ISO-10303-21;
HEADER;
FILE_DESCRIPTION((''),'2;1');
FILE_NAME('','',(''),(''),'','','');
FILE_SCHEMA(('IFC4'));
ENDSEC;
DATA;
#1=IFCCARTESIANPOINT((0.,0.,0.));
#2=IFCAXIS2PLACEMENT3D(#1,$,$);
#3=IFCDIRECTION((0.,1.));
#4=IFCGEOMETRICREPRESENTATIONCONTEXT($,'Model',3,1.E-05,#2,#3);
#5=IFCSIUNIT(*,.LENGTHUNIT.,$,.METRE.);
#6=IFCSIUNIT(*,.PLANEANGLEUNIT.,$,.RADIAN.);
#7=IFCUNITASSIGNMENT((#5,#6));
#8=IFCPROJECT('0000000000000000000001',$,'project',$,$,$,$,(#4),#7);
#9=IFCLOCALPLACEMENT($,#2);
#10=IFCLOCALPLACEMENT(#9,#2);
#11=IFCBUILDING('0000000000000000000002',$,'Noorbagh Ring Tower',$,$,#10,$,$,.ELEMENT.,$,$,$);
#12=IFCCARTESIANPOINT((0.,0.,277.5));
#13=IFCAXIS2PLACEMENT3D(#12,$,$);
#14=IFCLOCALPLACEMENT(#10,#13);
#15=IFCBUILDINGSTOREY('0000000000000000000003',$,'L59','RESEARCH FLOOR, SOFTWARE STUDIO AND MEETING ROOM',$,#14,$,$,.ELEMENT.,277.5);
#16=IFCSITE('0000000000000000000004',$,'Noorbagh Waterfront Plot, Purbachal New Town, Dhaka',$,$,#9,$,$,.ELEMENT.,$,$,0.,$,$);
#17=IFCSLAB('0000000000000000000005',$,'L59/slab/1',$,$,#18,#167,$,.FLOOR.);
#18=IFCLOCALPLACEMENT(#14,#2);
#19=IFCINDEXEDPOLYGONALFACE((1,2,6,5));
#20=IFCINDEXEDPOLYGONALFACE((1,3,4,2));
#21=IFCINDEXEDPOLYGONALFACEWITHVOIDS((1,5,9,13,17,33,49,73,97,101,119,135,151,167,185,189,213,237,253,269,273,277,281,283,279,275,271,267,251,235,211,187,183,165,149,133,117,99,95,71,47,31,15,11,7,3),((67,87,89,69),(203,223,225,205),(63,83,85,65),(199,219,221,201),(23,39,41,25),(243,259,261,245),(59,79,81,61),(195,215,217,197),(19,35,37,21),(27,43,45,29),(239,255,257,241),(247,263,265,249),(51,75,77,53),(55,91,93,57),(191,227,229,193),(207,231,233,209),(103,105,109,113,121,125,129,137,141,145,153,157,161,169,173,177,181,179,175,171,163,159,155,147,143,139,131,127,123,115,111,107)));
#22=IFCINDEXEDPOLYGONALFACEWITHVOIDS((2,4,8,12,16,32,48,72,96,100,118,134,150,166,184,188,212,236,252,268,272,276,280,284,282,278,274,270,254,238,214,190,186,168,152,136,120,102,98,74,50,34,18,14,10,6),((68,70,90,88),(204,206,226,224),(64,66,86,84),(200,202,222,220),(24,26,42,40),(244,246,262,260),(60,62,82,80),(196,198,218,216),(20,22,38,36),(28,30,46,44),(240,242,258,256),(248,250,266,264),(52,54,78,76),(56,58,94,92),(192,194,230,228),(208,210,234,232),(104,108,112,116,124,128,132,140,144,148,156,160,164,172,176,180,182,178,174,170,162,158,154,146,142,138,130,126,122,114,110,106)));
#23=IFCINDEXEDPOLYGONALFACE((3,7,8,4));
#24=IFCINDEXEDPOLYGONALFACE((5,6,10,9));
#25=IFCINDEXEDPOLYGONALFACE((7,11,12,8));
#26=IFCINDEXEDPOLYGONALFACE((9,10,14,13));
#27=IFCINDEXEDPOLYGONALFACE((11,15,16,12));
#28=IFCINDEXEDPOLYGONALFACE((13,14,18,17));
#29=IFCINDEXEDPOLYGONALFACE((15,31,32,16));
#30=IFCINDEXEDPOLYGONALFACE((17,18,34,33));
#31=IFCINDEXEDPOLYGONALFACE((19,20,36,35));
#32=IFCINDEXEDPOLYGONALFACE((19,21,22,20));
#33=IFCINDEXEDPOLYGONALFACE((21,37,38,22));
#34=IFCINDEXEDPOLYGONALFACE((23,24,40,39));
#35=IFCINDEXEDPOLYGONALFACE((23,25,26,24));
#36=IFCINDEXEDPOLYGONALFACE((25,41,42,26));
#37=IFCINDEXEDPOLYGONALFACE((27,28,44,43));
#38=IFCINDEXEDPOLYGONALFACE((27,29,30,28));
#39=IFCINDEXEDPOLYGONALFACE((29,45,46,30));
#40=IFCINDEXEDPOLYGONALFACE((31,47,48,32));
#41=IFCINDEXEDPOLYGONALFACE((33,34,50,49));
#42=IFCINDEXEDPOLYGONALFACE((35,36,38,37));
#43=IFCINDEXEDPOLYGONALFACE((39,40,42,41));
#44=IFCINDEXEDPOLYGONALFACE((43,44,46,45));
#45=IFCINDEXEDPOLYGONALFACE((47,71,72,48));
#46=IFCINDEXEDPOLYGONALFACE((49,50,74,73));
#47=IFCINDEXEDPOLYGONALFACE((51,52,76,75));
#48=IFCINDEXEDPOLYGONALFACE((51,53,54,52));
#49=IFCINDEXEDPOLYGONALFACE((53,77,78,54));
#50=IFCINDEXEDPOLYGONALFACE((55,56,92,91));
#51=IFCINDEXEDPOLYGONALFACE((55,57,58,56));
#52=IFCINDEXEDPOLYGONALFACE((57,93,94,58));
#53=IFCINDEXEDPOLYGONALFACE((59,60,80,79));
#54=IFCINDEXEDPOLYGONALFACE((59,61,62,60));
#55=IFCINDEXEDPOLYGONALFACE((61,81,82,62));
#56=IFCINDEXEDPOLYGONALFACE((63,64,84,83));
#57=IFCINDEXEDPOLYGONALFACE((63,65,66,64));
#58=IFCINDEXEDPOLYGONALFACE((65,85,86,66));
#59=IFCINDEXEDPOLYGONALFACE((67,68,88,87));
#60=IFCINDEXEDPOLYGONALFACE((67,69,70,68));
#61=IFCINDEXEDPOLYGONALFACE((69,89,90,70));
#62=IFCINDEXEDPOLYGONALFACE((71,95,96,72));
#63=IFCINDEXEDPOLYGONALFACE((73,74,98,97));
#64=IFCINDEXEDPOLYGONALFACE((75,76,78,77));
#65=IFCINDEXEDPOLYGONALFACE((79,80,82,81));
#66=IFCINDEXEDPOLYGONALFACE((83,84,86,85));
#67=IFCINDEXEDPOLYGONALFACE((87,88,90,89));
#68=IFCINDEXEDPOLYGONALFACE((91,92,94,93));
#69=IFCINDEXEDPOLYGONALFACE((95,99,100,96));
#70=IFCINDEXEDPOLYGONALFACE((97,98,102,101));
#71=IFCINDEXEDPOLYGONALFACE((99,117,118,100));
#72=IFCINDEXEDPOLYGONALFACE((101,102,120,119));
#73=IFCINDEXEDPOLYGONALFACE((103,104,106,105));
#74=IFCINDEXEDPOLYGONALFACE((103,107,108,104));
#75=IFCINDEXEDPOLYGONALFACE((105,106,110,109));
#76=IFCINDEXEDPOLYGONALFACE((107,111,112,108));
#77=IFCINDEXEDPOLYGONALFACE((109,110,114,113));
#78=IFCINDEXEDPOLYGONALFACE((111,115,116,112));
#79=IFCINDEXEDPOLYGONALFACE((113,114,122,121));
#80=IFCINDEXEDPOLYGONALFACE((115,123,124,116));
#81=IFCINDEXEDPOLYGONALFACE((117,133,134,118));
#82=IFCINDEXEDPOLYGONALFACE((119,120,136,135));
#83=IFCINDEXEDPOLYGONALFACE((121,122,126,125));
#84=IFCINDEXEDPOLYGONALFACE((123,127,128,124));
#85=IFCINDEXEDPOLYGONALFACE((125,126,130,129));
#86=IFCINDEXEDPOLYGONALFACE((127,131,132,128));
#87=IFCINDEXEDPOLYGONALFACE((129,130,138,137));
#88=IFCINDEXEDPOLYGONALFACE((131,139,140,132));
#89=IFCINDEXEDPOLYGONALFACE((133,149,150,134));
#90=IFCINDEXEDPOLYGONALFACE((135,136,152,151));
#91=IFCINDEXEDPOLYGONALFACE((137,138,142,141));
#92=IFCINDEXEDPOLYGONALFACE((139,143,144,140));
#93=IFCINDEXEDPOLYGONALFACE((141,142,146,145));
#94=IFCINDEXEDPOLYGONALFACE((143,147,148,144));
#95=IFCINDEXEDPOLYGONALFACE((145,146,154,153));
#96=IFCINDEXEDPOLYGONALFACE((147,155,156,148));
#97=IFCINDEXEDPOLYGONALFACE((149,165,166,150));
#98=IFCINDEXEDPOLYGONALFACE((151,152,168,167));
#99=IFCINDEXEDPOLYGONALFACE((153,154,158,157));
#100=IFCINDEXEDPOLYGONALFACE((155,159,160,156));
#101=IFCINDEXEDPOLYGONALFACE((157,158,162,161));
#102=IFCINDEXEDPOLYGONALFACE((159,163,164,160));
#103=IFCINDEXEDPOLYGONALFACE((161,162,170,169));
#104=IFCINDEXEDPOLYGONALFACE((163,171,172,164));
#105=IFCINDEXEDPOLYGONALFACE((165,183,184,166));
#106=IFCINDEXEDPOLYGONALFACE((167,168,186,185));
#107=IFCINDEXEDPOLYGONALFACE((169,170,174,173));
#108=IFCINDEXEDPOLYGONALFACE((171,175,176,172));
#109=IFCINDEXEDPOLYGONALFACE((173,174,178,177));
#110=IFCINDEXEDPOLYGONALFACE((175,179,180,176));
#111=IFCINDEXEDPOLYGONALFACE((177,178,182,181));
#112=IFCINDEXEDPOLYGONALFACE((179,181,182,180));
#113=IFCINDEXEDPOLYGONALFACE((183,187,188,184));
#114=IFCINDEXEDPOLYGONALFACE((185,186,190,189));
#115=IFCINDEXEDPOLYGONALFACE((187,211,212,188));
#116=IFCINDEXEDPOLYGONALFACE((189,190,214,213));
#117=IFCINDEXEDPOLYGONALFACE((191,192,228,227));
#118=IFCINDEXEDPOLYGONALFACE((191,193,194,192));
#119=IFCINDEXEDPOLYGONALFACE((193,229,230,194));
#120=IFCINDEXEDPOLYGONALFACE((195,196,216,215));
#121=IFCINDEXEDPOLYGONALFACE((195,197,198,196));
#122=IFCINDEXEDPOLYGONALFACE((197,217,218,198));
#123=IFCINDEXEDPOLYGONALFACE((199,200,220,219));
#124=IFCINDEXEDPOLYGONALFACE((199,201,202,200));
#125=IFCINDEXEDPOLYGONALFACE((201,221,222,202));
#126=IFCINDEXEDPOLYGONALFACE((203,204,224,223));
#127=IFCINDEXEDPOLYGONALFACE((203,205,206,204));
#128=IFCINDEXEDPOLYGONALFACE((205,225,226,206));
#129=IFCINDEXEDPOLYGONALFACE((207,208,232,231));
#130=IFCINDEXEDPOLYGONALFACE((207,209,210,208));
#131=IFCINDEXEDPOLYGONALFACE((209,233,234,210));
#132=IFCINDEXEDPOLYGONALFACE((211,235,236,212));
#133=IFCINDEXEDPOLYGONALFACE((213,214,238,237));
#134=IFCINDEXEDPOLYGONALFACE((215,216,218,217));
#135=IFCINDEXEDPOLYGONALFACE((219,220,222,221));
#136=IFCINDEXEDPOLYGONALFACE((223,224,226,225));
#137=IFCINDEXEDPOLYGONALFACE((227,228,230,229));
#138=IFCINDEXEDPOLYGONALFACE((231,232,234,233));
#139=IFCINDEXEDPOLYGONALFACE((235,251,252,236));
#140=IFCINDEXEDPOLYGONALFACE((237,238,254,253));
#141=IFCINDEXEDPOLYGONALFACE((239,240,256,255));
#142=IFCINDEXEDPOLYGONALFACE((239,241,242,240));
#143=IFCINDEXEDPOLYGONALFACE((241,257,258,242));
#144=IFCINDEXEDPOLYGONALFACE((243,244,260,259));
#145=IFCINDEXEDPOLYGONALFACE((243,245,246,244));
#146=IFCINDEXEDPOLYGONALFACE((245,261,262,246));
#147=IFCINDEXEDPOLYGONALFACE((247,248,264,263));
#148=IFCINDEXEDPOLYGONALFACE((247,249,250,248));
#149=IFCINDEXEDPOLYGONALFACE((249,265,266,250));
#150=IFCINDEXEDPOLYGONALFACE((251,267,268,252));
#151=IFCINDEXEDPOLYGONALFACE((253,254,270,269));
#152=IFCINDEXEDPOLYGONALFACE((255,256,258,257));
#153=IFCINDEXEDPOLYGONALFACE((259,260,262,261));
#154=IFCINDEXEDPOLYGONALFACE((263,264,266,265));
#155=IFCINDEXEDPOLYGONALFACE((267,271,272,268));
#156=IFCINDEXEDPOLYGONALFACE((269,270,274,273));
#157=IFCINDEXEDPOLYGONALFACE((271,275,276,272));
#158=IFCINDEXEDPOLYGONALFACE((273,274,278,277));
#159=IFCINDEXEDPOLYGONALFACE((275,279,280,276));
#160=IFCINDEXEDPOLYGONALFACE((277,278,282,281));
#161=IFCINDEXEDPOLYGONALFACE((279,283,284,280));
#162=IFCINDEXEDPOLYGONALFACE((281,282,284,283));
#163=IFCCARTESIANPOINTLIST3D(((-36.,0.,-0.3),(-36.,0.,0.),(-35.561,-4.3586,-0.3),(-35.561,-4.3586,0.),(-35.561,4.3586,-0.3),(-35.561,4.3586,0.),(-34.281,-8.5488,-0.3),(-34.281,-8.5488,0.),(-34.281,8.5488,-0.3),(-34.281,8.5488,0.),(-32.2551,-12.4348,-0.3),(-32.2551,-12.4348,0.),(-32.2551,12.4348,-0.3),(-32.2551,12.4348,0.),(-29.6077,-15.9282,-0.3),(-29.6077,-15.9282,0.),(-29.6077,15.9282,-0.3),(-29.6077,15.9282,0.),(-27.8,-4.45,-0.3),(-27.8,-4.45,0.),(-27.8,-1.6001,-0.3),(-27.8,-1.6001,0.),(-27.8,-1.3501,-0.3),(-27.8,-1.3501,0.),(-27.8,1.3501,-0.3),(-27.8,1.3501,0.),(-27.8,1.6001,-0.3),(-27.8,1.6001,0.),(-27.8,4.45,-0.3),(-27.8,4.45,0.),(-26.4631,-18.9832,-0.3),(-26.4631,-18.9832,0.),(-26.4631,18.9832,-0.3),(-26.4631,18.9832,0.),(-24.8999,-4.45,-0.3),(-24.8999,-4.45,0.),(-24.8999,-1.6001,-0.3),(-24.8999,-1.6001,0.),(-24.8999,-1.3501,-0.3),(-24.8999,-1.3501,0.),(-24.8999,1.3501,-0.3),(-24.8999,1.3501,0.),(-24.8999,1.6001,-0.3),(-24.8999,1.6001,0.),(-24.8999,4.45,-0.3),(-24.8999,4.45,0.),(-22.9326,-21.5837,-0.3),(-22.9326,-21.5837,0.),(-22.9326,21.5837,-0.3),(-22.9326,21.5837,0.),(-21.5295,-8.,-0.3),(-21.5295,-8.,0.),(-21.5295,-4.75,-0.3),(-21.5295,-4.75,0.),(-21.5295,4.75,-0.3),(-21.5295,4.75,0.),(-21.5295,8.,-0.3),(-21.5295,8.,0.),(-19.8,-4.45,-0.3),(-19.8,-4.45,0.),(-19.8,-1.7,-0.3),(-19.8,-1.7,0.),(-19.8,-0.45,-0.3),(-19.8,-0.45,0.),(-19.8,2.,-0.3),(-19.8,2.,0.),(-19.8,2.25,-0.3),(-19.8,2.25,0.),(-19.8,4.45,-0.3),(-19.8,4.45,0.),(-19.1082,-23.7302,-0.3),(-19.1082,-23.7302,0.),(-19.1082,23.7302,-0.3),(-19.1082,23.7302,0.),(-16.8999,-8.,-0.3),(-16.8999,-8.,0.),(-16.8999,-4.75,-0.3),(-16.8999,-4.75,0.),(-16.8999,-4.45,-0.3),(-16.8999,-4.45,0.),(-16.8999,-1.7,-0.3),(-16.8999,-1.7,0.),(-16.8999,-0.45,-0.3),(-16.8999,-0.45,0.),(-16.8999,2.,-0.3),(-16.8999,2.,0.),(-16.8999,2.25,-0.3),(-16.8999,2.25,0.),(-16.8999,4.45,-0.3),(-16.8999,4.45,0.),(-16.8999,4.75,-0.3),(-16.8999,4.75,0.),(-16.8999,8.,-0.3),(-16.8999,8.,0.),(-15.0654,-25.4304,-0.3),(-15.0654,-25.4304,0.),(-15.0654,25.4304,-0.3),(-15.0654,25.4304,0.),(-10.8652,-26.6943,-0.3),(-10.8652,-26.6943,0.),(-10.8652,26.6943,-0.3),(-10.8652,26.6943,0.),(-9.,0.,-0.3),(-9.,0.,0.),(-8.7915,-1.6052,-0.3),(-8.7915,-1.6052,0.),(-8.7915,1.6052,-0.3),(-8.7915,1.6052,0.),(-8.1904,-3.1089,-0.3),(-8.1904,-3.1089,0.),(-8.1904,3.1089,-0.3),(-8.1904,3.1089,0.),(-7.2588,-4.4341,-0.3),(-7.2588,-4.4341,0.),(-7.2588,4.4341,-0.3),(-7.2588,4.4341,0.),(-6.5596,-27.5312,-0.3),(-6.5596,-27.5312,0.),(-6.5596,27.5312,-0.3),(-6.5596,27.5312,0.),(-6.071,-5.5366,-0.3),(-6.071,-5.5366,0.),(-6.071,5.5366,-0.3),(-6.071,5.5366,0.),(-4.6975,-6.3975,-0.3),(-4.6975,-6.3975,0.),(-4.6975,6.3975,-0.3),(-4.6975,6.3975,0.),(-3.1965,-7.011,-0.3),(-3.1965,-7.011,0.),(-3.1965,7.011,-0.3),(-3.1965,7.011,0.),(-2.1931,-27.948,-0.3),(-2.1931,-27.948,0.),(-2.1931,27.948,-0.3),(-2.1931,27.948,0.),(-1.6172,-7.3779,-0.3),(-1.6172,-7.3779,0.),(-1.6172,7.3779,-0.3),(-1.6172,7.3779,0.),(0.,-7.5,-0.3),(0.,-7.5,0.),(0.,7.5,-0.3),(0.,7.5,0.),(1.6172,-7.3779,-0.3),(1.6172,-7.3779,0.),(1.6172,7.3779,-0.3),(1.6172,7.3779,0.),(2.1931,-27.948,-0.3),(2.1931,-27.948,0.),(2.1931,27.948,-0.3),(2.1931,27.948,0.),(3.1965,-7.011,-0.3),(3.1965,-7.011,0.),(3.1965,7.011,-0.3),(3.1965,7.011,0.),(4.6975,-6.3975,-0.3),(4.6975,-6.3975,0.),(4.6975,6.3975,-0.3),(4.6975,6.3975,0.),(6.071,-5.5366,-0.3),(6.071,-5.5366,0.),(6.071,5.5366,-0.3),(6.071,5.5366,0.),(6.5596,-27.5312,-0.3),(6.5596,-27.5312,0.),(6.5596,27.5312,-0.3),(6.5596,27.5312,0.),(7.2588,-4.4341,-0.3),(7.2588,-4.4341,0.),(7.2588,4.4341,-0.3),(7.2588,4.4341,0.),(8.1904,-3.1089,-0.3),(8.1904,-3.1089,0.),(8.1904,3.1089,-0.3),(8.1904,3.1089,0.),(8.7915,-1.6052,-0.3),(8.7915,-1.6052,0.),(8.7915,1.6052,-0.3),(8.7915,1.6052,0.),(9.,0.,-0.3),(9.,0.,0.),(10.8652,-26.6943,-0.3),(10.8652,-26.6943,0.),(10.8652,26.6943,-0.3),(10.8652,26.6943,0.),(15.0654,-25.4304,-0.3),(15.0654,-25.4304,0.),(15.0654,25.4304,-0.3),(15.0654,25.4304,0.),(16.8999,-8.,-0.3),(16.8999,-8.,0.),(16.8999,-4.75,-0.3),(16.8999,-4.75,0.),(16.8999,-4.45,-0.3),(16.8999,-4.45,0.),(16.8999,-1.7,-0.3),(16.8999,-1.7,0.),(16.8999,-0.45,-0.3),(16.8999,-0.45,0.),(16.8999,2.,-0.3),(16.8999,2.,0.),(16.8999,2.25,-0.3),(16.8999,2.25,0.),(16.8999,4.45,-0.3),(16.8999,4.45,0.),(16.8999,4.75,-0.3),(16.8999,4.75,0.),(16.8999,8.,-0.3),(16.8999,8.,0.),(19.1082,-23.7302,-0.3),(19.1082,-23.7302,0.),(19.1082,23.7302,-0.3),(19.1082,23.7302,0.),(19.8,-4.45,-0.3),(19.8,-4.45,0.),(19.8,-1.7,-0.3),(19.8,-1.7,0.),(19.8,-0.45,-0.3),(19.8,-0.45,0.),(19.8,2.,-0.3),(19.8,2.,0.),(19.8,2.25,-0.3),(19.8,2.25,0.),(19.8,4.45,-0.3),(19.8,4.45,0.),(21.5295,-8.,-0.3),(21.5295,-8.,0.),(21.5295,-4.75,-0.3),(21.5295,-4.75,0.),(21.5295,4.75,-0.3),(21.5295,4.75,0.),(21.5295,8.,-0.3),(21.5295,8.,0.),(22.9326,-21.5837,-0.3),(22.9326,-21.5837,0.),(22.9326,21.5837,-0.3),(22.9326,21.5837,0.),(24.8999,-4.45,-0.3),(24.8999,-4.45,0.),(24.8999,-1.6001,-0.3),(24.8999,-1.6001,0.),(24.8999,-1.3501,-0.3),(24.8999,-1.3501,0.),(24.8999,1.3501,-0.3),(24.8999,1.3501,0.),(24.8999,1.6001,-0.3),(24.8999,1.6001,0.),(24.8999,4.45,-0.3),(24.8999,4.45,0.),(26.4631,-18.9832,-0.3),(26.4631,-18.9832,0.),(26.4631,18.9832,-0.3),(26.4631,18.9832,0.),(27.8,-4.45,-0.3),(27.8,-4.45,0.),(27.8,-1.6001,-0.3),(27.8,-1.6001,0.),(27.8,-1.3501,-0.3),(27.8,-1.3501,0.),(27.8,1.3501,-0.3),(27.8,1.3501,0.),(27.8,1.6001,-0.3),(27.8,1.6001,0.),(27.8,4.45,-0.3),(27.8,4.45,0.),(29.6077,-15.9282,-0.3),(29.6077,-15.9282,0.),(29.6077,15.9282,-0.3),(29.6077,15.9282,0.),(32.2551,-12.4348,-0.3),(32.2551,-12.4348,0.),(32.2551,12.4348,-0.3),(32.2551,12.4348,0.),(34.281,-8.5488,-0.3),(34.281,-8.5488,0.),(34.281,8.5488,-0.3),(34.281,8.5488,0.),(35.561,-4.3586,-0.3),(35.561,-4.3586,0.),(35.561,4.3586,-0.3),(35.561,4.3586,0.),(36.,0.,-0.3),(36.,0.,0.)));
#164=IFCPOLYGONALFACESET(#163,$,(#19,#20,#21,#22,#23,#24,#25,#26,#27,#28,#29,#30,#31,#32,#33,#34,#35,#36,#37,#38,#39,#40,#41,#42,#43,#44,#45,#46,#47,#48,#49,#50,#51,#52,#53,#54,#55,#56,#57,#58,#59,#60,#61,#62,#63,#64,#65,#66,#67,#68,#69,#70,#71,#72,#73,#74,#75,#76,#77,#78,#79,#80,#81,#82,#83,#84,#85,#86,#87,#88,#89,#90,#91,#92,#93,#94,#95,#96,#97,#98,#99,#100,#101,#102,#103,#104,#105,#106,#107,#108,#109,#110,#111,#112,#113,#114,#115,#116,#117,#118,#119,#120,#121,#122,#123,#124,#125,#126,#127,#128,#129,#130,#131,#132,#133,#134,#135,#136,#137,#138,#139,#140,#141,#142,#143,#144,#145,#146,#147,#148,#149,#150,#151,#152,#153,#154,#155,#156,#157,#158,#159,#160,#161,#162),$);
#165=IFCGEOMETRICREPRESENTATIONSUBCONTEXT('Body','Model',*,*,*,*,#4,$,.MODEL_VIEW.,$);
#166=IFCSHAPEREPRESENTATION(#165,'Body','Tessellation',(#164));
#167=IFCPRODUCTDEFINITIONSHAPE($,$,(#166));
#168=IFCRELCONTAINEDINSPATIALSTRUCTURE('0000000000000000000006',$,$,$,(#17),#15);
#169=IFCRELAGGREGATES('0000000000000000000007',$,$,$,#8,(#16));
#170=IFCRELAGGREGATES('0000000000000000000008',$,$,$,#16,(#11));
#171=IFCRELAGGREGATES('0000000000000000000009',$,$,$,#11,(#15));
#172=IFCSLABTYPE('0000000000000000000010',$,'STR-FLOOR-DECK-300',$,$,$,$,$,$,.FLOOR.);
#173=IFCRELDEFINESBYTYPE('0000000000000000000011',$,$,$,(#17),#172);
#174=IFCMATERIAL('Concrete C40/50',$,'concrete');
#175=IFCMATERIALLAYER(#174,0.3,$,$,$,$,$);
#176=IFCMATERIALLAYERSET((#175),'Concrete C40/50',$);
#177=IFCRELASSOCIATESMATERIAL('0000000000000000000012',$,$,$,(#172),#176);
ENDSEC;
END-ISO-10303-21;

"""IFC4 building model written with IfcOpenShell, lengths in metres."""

from ifc_helpers import new_model, si_unit, direction, frame, origin, place, context, subcontext, project, spatial, polyline, outline, extrude, material, layer, layer_set, type_object, element, save


model = new_model("IFC4")

# Units and contexts
model_context = context("Model", 3, precision=1e-05, world=origin(), true_north=direction((0.0, 1.0)))
body_context = subcontext(model_context, "Body", "Model", "MODEL_VIEW")
ifc_project = project(units=[si_unit("LENGTHUNIT", "METRE"), si_unit("PLANEANGLEUNIT", "RADIAN")], contexts=[model_context])

# Site, building, storey
site_placement = place(None, origin())
site = spatial("IfcSite", under=ifc_project, at=site_placement, Name="Noorbagh Waterfront Plot, Purbachal New Town, Dhaka", CompositionType="ELEMENT", RefElevation=0.0)
building_placement = place(site_placement, origin())
building = spatial("IfcBuilding", under=site, at=building_placement, Name="Noorbagh Ring Tower", CompositionType="ELEMENT")
storey_placement = place(building_placement, frame((0.0, 0.0, 277.5)))
storey = spatial("IfcBuildingStorey", under=building, at=storey_placement, Name="L59", Description="RESEARCH FLOOR, SOFTWARE STUDIO AND MEETING ROOM", CompositionType="ELEMENT", Elevation=277.5)

# Slab
ifc_material_1 = material(Name="Concrete C40/50", Category="concrete")
ifc_layer_1 = layer(ifc_material_1, 0.3)
ifc_layer_set_1 = layer_set([ifc_layer_1], Name="Concrete C40/50")
slab_type_1 = type_object("IfcSlabType", Name="STR-FLOOR-DECK-300", PredefinedType="FLOOR", material=ifc_layer_set_1)
slab_1_placement = place(storey_placement, frame((0.0, 0.0, -0.3)))
element("IfcSlab", 1, at=slab_1_placement, inside=storey, type_object=slab_type_1, Name="L59/slab/1", PredefinedType="FLOOR", context=body_context, shape_type="SweptSolid", body=[
    extrude(outline(polyline([(36.0, 0.0), (35.561, 4.3586), (34.281, 8.5488), (32.2551, 12.4348), (29.6077, 15.9282), (26.4631, 18.9832), (22.9326, 21.5837), (19.1082, 23.7302), (15.0654, 25.4304), (10.8652, 26.6943), (6.5596, 27.5312), (2.1931, 27.948), (-2.1931, 27.948), (-6.5596, 27.5312), (-10.8652, 26.6943), (-15.0654, 25.4304), (-19.1082, 23.7302), (-22.9326, 21.5837), (-26.4631, 18.9832), (-29.6077, 15.9282), (-32.2551, 12.4348), (-34.281, 8.5488), (-35.561, 4.3586), (-36.0, 0.0), (-35.561, -4.3586), (-34.281, -8.5488), (-32.2551, -12.4348), (-29.6077, -15.9282), (-26.4631, -18.9832), (-22.9326, -21.5837), (-19.1082, -23.7302), (-15.0654, -25.4304), (-10.8652, -26.6943), (-6.5596, -27.5312), (-2.1931, -27.948), (2.1931, -27.948), (6.5596, -27.5312), (10.8652, -26.6943), (15.0654, -25.4304), (19.1082, -23.7302), (22.9326, -21.5837), (26.4631, -18.9832), (29.6077, -15.9282), (32.2551, -12.4348), (34.281, -8.5488), (35.561, -4.3586), (36.0, 0.0)]), holes=[polyline([(24.8999, 4.45), (27.8, 4.45), (27.8, 1.6001), (24.8999, 1.6001), (24.8999, 4.45)]), polyline([(24.8999, 1.3501), (27.8, 1.3501), (27.8, -1.3501), (24.8999, -1.3501), (24.8999, 1.3501)]), polyline([(24.8999, -1.6001), (27.8, -1.6001), (27.8, -4.45), (24.8999, -4.45), (24.8999, -1.6001)]), polyline([(21.5295, -8.0), (16.8999, -8.0), (16.8999, -4.75), (21.5295, -4.75), (21.5295, -8.0)]), polyline([(16.8999, 4.75), (16.8999, 8.0), (21.5295, 8.0), (21.5295, 4.75), (16.8999, 4.75)]), polyline([(19.8, 4.45), (19.8, 2.25), (16.8999, 2.25), (16.8999, 4.45), (19.8, 4.45)]), polyline([(16.8999, 2.0), (19.8, 2.0), (19.8, -0.45), (16.8999, -0.45), (16.8999, 2.0)]), polyline([(16.8999, -1.7), (19.8, -1.7), (19.8, -4.45), (16.8999, -4.45), (16.8999, -1.7)]), polyline([(4.6975, -6.3975), (3.1965, -7.011), (1.6172, -7.3779), (0.0, -7.5), (-1.6172, -7.3779), (-3.1965, -7.011), (-4.6975, -6.3975), (-6.071, -5.5366), (-7.2588, -4.4341), (-8.1904, -3.1089), (-8.7915, -1.6052), (-9.0, 0.0), (-8.7915, 1.6052), (-8.1904, 3.1089), (-7.2588, 4.4341), (-6.071, 5.5366), (-4.6975, 6.3975), (-3.1965, 7.011), (-1.6172, 7.3779), (0.0, 7.5), (1.6172, 7.3779), (3.1965, 7.011), (4.6975, 6.3975), (6.071, 5.5366), (7.2588, 4.4341), (8.1904, 3.1089), (8.7915, 1.6052), (9.0, 0.0), (8.7915, -1.6052), (8.1904, -3.1089), (7.2588, -4.4341), (6.071, -5.5366), (4.6975, -6.3975)]), polyline([(-16.8999, 2.25), (-19.8, 2.25), (-19.8, 4.45), (-16.8999, 4.45), (-16.8999, 2.25)]), polyline([(-16.8999, -0.45), (-19.8, -0.45), (-19.8, 2.0), (-16.8999, 2.0), (-16.8999, -0.45)]), polyline([(-16.8999, -4.45), (-19.8, -4.45), (-19.8, -1.7), (-16.8999, -1.7), (-16.8999, -4.45)]), polyline([(-21.5295, 8.0), (-16.8999, 8.0), (-16.8999, 4.75), (-21.5295, 4.75), (-21.5295, 8.0)]), polyline([(-21.5295, -4.75), (-16.8999, -4.75), (-16.8999, -8.0), (-21.5295, -8.0), (-21.5295, -4.75)]), polyline([(-24.8999, -4.45), (-27.8, -4.45), (-27.8, -1.6001), (-24.8999, -1.6001), (-24.8999, -4.45)]), polyline([(-24.8999, 1.6001), (-27.8, 1.6001), (-27.8, 4.45), (-24.8999, 4.45), (-24.8999, 1.6001)]), polyline([(-24.8999, -1.3501), (-27.8, -1.3501), (-27.8, 1.3501), (-24.8999, 1.3501), (-24.8999, -1.3501)])]), origin(), (0.0, 0.0, 1.0), 0.3),
])

save(model, "model.ifc")
